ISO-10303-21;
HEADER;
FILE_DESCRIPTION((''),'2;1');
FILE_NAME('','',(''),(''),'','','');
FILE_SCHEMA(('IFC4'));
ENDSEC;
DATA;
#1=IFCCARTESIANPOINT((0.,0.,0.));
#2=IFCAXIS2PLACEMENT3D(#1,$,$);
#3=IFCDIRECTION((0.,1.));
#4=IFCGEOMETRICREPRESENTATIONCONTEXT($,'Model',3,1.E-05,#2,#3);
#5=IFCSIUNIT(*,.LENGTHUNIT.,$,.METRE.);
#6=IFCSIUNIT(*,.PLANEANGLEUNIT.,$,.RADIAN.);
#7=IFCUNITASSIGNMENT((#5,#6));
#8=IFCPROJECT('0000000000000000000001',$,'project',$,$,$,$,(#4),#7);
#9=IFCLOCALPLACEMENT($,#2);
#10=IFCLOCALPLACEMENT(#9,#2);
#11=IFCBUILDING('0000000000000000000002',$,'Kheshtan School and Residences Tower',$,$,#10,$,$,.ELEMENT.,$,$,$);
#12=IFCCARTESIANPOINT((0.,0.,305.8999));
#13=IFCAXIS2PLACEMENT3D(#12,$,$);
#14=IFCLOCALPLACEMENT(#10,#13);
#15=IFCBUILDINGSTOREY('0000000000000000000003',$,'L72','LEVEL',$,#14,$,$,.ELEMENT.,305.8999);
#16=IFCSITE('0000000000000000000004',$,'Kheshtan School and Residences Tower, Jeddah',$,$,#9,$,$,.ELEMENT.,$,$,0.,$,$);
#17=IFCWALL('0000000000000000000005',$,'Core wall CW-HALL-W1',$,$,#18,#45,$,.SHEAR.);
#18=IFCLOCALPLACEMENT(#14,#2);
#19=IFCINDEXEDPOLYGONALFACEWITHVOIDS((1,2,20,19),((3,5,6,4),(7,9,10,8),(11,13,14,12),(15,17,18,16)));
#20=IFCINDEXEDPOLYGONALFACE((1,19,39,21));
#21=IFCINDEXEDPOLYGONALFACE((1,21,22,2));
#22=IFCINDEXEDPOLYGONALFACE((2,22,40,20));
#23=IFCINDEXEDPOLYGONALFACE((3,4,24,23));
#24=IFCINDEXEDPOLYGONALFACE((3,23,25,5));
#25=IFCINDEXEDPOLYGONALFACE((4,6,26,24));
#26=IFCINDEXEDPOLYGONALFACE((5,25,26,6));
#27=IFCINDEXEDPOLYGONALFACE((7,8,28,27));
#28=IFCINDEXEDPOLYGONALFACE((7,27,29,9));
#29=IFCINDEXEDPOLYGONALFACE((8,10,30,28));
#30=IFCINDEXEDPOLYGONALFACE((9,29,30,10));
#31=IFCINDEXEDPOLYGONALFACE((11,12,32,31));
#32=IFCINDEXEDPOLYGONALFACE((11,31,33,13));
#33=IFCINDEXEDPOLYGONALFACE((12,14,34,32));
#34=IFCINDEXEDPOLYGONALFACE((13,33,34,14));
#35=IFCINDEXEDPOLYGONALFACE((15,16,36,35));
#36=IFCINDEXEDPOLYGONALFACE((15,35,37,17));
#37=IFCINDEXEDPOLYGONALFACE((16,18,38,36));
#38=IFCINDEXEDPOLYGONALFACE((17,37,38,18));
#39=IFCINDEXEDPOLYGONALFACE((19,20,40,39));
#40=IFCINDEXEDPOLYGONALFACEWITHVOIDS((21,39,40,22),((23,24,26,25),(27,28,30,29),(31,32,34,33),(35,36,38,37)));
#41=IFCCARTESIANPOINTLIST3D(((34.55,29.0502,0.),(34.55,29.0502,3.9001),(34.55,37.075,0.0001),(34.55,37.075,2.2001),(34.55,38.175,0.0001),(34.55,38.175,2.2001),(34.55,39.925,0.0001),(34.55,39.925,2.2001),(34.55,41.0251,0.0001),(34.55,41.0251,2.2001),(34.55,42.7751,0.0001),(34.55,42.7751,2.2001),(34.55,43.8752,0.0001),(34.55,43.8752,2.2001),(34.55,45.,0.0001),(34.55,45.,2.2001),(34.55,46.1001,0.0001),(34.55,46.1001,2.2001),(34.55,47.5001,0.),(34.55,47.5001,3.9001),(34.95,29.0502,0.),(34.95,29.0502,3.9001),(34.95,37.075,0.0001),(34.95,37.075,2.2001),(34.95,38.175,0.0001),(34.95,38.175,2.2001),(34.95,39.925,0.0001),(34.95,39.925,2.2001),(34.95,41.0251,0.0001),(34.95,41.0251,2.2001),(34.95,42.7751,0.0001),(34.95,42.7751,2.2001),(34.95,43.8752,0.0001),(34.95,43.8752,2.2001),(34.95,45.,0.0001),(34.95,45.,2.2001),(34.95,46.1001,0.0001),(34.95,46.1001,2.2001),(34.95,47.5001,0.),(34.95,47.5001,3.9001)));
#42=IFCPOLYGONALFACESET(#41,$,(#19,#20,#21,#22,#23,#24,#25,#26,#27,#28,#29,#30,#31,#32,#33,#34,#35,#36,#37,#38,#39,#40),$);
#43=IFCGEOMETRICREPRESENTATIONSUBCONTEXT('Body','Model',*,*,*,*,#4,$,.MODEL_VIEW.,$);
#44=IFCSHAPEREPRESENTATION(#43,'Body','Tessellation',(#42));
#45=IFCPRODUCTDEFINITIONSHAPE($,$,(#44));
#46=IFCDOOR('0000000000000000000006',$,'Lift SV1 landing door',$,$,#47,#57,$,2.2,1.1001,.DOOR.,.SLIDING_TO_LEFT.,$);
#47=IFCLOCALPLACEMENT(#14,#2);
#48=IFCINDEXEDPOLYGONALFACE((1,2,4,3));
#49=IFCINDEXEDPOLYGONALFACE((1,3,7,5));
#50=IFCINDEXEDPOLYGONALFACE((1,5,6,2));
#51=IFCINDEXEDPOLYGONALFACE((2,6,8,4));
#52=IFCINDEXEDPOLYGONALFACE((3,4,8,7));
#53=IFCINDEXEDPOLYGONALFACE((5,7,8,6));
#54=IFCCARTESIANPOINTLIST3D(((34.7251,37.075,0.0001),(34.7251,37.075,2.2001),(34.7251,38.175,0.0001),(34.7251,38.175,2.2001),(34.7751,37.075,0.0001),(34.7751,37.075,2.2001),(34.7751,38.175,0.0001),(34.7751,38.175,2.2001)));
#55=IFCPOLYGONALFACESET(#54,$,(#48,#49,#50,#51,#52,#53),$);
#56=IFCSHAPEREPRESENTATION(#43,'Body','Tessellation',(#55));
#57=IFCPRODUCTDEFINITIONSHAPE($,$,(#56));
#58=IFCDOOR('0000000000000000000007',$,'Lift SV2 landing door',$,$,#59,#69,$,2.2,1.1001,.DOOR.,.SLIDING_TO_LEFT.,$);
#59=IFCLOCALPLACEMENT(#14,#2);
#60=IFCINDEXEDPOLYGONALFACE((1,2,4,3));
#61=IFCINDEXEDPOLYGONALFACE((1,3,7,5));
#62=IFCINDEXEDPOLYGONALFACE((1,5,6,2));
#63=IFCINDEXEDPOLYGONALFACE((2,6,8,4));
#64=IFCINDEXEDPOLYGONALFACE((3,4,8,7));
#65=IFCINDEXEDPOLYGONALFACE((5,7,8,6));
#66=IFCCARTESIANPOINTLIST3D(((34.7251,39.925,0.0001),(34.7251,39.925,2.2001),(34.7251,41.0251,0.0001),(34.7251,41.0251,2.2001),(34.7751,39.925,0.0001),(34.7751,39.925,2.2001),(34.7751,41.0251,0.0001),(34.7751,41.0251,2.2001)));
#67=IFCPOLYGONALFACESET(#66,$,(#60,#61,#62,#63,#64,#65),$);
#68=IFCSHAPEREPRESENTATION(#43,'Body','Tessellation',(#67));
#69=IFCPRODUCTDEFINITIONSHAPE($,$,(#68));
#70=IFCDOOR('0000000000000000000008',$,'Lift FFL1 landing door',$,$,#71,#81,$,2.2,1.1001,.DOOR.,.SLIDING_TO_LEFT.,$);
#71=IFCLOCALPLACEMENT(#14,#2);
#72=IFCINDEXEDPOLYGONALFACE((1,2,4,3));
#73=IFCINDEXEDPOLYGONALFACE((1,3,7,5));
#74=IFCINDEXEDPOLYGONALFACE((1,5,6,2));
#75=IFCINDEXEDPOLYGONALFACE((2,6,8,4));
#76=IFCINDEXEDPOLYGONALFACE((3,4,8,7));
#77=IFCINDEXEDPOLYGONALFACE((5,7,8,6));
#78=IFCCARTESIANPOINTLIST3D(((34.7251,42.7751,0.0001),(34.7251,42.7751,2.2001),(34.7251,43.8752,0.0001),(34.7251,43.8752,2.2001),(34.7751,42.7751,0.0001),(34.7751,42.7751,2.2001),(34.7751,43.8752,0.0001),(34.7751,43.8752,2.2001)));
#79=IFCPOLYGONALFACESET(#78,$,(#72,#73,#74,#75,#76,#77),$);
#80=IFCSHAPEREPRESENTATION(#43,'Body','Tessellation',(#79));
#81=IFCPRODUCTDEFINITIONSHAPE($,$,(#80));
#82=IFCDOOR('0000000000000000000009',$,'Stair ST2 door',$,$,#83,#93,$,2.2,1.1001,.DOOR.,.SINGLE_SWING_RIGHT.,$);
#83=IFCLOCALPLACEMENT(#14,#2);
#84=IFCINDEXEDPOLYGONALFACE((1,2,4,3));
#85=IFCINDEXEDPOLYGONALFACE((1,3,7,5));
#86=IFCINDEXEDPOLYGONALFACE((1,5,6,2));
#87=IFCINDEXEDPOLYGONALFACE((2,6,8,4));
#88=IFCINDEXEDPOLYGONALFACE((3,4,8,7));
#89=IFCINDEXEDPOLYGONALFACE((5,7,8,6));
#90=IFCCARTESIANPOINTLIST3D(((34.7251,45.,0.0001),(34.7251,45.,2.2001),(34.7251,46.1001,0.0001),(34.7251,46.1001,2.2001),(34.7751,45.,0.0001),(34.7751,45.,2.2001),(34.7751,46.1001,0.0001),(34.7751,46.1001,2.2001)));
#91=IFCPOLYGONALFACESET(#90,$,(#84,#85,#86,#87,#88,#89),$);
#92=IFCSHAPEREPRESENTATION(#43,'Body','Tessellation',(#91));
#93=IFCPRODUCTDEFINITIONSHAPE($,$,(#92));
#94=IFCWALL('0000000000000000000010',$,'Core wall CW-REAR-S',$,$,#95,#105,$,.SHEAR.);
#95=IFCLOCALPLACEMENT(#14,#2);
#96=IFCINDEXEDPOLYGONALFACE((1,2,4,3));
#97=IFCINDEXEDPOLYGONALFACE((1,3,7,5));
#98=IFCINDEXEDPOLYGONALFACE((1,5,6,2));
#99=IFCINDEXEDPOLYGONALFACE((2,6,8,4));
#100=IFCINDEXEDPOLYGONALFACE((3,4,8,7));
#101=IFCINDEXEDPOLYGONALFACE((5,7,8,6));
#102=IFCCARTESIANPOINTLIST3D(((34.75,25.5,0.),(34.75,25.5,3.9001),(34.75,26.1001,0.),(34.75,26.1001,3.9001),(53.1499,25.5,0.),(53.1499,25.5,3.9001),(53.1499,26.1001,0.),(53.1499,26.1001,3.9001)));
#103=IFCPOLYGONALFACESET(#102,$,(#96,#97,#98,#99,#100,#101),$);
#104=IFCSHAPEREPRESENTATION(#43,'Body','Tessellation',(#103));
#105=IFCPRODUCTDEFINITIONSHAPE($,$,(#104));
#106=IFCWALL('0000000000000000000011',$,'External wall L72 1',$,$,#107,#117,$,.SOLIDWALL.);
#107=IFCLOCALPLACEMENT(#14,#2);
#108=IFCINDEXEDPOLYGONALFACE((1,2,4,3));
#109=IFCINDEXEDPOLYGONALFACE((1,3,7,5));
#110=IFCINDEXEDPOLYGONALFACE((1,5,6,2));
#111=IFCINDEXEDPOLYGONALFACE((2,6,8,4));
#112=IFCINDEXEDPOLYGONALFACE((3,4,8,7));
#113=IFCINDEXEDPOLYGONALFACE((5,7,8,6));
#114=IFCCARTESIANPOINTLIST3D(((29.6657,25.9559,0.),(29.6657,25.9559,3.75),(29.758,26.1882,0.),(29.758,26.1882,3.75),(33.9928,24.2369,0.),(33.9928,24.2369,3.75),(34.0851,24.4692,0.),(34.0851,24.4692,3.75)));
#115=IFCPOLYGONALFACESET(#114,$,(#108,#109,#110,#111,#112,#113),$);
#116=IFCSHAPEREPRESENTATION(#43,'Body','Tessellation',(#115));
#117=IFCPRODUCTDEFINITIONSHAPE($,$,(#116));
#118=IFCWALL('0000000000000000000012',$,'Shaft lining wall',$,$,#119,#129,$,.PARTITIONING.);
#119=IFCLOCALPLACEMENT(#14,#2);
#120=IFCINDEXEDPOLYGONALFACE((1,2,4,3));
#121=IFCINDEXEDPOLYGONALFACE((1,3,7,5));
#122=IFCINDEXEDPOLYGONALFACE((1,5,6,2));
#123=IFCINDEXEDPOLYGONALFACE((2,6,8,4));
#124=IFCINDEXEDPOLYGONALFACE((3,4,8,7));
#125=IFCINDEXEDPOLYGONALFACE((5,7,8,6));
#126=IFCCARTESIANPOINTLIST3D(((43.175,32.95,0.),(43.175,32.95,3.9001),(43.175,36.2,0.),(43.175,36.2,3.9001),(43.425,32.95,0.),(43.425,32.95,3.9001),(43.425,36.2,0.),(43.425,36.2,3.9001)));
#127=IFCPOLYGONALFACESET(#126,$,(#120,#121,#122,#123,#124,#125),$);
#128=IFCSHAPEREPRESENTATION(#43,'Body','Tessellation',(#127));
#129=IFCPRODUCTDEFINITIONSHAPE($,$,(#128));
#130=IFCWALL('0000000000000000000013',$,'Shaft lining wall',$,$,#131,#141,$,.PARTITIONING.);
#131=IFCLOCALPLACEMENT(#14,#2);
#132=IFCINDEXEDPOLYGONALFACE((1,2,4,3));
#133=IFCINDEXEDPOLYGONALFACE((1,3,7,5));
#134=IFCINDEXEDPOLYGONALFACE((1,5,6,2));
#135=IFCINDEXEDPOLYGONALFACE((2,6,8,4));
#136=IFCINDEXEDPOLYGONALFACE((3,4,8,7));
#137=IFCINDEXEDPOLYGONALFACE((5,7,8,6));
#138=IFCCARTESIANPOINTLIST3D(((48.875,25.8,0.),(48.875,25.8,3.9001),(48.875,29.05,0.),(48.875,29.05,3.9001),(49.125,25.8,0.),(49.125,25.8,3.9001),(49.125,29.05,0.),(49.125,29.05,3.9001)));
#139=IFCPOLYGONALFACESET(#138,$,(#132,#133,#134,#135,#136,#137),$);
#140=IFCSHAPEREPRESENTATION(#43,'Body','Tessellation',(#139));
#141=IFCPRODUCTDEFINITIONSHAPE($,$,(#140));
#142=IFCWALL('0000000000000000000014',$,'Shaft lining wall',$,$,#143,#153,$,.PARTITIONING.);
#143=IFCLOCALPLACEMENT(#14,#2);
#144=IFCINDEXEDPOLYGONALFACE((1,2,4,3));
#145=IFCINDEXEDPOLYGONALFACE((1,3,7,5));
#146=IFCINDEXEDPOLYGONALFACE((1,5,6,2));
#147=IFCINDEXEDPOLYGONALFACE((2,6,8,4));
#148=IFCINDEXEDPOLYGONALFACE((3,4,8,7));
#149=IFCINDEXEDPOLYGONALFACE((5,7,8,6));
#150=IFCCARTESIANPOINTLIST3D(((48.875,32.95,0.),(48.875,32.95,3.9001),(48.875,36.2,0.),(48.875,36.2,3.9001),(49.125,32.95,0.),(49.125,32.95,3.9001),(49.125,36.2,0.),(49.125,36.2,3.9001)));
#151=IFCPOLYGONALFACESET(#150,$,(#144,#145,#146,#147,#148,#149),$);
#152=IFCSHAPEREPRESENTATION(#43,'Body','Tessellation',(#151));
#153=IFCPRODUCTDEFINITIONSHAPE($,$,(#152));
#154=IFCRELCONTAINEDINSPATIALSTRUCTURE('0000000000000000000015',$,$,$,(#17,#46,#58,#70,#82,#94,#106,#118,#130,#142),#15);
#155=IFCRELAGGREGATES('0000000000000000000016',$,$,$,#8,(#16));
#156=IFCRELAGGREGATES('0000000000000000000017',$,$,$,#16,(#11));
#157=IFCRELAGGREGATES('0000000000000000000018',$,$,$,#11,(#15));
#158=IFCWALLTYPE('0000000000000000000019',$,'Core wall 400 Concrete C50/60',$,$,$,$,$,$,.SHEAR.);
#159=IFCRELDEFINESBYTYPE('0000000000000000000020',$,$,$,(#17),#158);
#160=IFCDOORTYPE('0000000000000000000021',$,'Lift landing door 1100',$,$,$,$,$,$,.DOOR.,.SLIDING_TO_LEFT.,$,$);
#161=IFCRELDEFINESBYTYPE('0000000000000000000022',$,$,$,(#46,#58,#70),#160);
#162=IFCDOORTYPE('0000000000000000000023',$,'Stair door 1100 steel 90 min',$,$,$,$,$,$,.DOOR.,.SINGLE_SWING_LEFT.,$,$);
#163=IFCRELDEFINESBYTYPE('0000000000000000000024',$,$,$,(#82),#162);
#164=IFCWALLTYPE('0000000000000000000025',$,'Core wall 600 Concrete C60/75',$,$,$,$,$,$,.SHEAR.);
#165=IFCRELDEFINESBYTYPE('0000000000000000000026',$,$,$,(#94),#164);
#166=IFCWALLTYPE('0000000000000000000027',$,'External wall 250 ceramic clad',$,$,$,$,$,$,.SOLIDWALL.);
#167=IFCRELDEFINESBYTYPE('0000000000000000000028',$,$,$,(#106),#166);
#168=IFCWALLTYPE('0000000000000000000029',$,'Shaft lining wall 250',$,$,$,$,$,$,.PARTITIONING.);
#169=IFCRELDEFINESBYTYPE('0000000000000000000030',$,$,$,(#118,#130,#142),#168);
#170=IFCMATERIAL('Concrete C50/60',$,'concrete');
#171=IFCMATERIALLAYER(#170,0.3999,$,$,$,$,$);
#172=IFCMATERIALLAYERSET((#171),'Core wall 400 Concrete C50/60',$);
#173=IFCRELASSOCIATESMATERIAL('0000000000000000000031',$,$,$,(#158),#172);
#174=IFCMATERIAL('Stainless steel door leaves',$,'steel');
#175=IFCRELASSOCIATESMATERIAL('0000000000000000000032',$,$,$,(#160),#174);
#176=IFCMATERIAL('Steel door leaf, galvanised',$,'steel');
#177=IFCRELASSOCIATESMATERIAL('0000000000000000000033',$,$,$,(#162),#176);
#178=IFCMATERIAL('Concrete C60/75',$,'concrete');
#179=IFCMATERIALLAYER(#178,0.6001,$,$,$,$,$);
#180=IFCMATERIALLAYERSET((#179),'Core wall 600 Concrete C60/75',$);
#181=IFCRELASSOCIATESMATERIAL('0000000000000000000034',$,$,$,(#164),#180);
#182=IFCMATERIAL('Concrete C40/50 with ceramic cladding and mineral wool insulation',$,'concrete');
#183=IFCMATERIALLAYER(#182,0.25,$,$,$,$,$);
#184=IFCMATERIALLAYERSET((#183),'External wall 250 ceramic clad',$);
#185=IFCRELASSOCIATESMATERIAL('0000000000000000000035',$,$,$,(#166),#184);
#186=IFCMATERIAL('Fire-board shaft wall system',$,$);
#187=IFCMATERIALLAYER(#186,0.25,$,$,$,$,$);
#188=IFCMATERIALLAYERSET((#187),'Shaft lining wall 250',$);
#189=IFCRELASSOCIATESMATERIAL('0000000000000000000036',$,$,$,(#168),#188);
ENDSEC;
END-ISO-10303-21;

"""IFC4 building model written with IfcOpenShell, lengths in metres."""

from ifc_helpers import new_model, si_unit, direction, frame, frame_2d, origin, place, context, subcontext, project, spatial, rectangle, extrude, source, transform, mapped, material, layer, layer_set, type_object, element, fill, save


model = new_model("IFC4")

# Units and contexts
model_context = context("Model", 3, precision=1e-05, world=origin(), true_north=direction((0.0, 1.0)))
body_context = subcontext(model_context, "Body", "Model", "MODEL_VIEW")
ifc_project = project(units=[si_unit("LENGTHUNIT", "METRE"), si_unit("PLANEANGLEUNIT", "RADIAN")], contexts=[model_context])

# Site, building, storey
site_placement = place(None, origin())
site = spatial("IfcSite", under=ifc_project, at=site_placement, Name="Kheshtan School and Residences Tower, Jeddah", CompositionType="ELEMENT", RefElevation=0.0)
building_placement = place(site_placement, origin())
building = spatial("IfcBuilding", under=site, at=building_placement, Name="Kheshtan School and Residences Tower", CompositionType="ELEMENT")
storey_placement = place(building_placement, frame((0.0, 0.0, 305.8999)))
storey = spatial("IfcBuildingStorey", under=building, at=storey_placement, Name="L72", Description="LEVEL", CompositionType="ELEMENT", Elevation=305.8999)

# Wall, openings, doors
ifc_material_1 = material(Name="Concrete C50/60", Category="concrete")
ifc_layer_1 = layer(ifc_material_1, 0.3999)
ifc_layer_set_1 = layer_set([ifc_layer_1], Name="Core wall 400 Concrete C50/60")
wall_type_1 = type_object("IfcWallType", Name="Core wall 400 Concrete C50/60", PredefinedType="SHEAR", material=ifc_layer_set_1)
ifc_material_2 = material(Name="Stainless steel door leaves", Category="steel")
door_type_1 = type_object("IfcDoorType", Name="Lift landing door 1100", OperationType="SLIDING_TO_LEFT", PredefinedType="DOOR", material=ifc_material_2)
shared_shape_1 = source(origin(), body_context, "Body", "SweptSolid", [
    extrude(rectangle(XDim=1.1001, YDim=2.2, at=frame_2d((0.55, 1.1001))), frame((0.0, 0.0249, 0.0), z_axis=(0.0, -1.0, 0.0), x_axis=(1.0, 0.0, 0.0)), (0.0, 0.0, 1.0), 0.05),
])
ifc_material_3 = material(Name="Steel door leaf, galvanised", Category="steel")
wall_1_placement = place(storey_placement, frame((34.75, 29.05, 0.0), z_axis=(0.0, 0.0, 1.0), x_axis=(0.0, 1.0, 0.0)))
wall_1 = element("IfcWall", 1, at=wall_1_placement, inside=storey, type_object=wall_type_1, Name="Core wall CW-HALL-W1", PredefinedType="SHEAR", context=body_context, shape_type="SweptSolid", body=[
    extrude(rectangle(XDim=18.45, YDim=0.3999, at=frame_2d((9.2251, 0.0))), origin(), (0.0, 0.0, 1.0), 3.9001),
])
opening_1_placement = place(wall_1_placement, frame((8.0249, 0.0, 0.0)))
opening_1 = element("IfcOpeningElement", 2, at=opening_1_placement, cuts=wall_1, PredefinedType="OPENING", context=body_context, shape_type="SweptSolid", body=[
    extrude(rectangle(XDim=1.1001, YDim=2.2, at=frame_2d((0.55, 1.1001))), frame((0.0, 0.21, 0.0), z_axis=(0.0, -1.0, 0.0), x_axis=(1.0, 0.0, 0.0)), (0.0, 0.0, 1.0), 0.4199),
])
opening_2_placement = place(wall_1_placement, frame((10.875, 0.0, 0.0)))
opening_2 = element("IfcOpeningElement", 3, at=opening_2_placement, cuts=wall_1, PredefinedType="OPENING", context=body_context, shape_type="SweptSolid", body=[
    extrude(rectangle(XDim=1.1001, YDim=2.2, at=frame_2d((0.55, 1.1001))), frame((0.0, 0.21, 0.0), z_axis=(0.0, -1.0, 0.0), x_axis=(1.0, 0.0, 0.0)), (0.0, 0.0, 1.0), 0.4199),
])
opening_3_placement = place(wall_1_placement, frame((13.7251, 0.0, 0.0)))
opening_3 = element("IfcOpeningElement", 4, at=opening_3_placement, cuts=wall_1, PredefinedType="OPENING", context=body_context, shape_type="SweptSolid", body=[
    extrude(rectangle(XDim=1.1001, YDim=2.2, at=frame_2d((0.55, 1.1001))), frame((0.0, 0.21, 0.0), z_axis=(0.0, -1.0, 0.0), x_axis=(1.0, 0.0, 0.0)), (0.0, 0.0, 1.0), 0.4199),
])
opening_4_placement = place(wall_1_placement, frame((15.95, 0.0, 0.0)))
opening_4 = element("IfcOpeningElement", 5, at=opening_4_placement, cuts=wall_1, PredefinedType="OPENING", context=body_context, shape_type="SweptSolid", body=[
    extrude(rectangle(XDim=1.1001, YDim=2.2, at=frame_2d((0.55, 1.1001))), frame((0.0, 0.21, 0.0), z_axis=(0.0, -1.0, 0.0), x_axis=(1.0, 0.0, 0.0)), (0.0, 0.0, 1.0), 0.4199),
])
door_1_placement = place(opening_1_placement, origin())
door_1 = element("IfcDoor", 6, at=door_1_placement, inside=storey, type_object=door_type_1, Name="Lift SV1 landing door", OperationType="SLIDING_TO_LEFT", OverallHeight=2.2, OverallWidth=1.1001, PredefinedType="DOOR", context=body_context, shape_type="MappedRepresentation", body=[
    mapped(shared_shape_1, transform((0.0, 0.0, 0.0), x_axis=(1.0, 0.0, 0.0), y_axis=(0.0, 1.0, 0.0), z_axis=(0.0, 0.0, 1.0), scale=1.0)),
])
fill(opening_1, door_1)
door_2_placement = place(opening_2_placement, origin())
door_2 = element("IfcDoor", 7, at=door_2_placement, inside=storey, type_object=door_type_1, Name="Lift SV2 landing door", OperationType="SLIDING_TO_LEFT", OverallHeight=2.2, OverallWidth=1.1001, PredefinedType="DOOR", context=body_context, shape_type="MappedRepresentation", body=[
    mapped(shared_shape_1, transform((0.0, 0.0, 0.0), x_axis=(1.0, 0.0, 0.0), y_axis=(0.0, 1.0, 0.0), z_axis=(0.0, 0.0, 1.0), scale=1.0)),
])
fill(opening_2, door_2)
door_3_placement = place(opening_3_placement, origin())
door_3 = element("IfcDoor", 8, at=door_3_placement, inside=storey, type_object=door_type_1, Name="Lift FFL1 landing door", OperationType="SLIDING_TO_LEFT", OverallHeight=2.2, OverallWidth=1.1001, PredefinedType="DOOR", context=body_context, shape_type="MappedRepresentation", body=[
    mapped(shared_shape_1, transform((0.0, 0.0, 0.0), x_axis=(1.0, 0.0, 0.0), y_axis=(0.0, 1.0, 0.0), z_axis=(0.0, 0.0, 1.0), scale=1.0)),
])
fill(opening_3, door_3)
door_type_2 = type_object("IfcDoorType", Name="Stair door 1100 steel 90 min", OperationType="SINGLE_SWING_LEFT", PredefinedType="DOOR", material=ifc_material_3)
shared_shape_2 = source(origin(), body_context, "Body", "SweptSolid", [
    extrude(rectangle(XDim=1.1001, YDim=2.2, at=frame_2d((0.55, 1.1001))), frame((0.0, 0.0249, 0.0), z_axis=(0.0, -1.0, 0.0), x_axis=(1.0, 0.0, 0.0)), (0.0, 0.0, 1.0), 0.05),
])
door_4_placement = place(opening_4_placement, origin())
door_4 = element("IfcDoor", 9, at=door_4_placement, inside=storey, type_object=door_type_2, Name="Stair ST2 door", OperationType="SINGLE_SWING_RIGHT", OverallHeight=2.2, OverallWidth=1.1001, PredefinedType="DOOR", context=body_context, shape_type="MappedRepresentation", body=[
    mapped(shared_shape_2, transform((0.0, 0.0, 0.0), x_axis=(1.0, 0.0, 0.0), y_axis=(0.0, 1.0, 0.0), z_axis=(0.0, 0.0, 1.0), scale=1.0)),
])
fill(opening_4, door_4)

# Walls
ifc_material_4 = material(Name="Concrete C60/75", Category="concrete")
ifc_layer_2 = layer(ifc_material_4, 0.6001)
ifc_layer_set_2 = layer_set([ifc_layer_2], Name="Core wall 600 Concrete C60/75")
wall_type_2 = type_object("IfcWallType", Name="Core wall 600 Concrete C60/75", PredefinedType="SHEAR", material=ifc_layer_set_2)
wall_2_placement = place(storey_placement, frame((34.75, 25.8, 0.0), z_axis=(0.0, 0.0, 1.0), x_axis=(1.0, 0.0, 0.0)))
element("IfcWall", 10, at=wall_2_placement, inside=storey, type_object=wall_type_2, Name="Core wall CW-REAR-S", PredefinedType="SHEAR", context=body_context, shape_type="SweptSolid", body=[
    extrude(rectangle(XDim=18.3999, YDim=0.6001, at=frame_2d((9.2, 0.0))), origin(), (0.0, 0.0, 1.0), 3.9001),
])
ifc_material_5 = material(Name="Concrete C40/50 with ceramic cladding and mineral wool insulation", Category="concrete")
ifc_layer_3 = layer(ifc_material_5, 0.25)
ifc_layer_set_3 = layer_set([ifc_layer_3], Name="External wall 250 ceramic clad")
wall_type_3 = type_object("IfcWallType", Name="External wall 250 ceramic clad", PredefinedType="SOLIDWALL", material=ifc_layer_set_3)
wall_3_placement = place(storey_placement, frame((34.0391, 24.353, 0.0), z_axis=(0.0, 0.0, 1.0), x_axis=(-0.929353, 0.369193, 0.0)))
element("IfcWall", 11, at=wall_3_placement, inside=storey, type_object=wall_type_3, Name="External wall L72 1", PredefinedType="SOLIDWALL", context=body_context, shape_type="SweptSolid", body=[
    extrude(rectangle(XDim=4.656, YDim=0.25, at=frame_2d((2.3281, 0.0))), origin(), (0.0, 0.0, 1.0), 3.75),
])
ifc_material_6 = material(Name="Fire-board shaft wall system")
ifc_layer_4 = layer(ifc_material_6, 0.25)
ifc_layer_set_4 = layer_set([ifc_layer_4], Name="Shaft lining wall 250")
wall_type_4 = type_object("IfcWallType", Name="Shaft lining wall 250", PredefinedType="PARTITIONING", material=ifc_layer_set_4)
for number, where, z_axis, x_axis, name in (
    (12, (43.3, 32.95, 0.0), (0.0, 0.0, 1.0), (0.0, 1.0, 0.0), "Shaft lining wall"),
    (13, (49.0, 25.8, 0.0), (0.0, 0.0, 1.0), (0.0, 1.0, 0.0), "Shaft lining wall"),
    (14, (49.0, 32.95, 0.0), (0.0, 0.0, 1.0), (0.0, 1.0, 0.0), "Shaft lining wall"),
):
    element("IfcWall", number, at=place(storey_placement, frame(where, z_axis=z_axis, x_axis=x_axis)), inside=storey, type_object=wall_type_4, Name=name, PredefinedType="PARTITIONING", context=body_context, shape_type="SweptSolid", body=[
        extrude(rectangle(XDim=3.25, YDim=0.25, at=frame_2d((1.625, 0.0))), origin(), (0.0, 0.0, 1.0), 3.9001),
    ])

save(model, "model.ifc")
